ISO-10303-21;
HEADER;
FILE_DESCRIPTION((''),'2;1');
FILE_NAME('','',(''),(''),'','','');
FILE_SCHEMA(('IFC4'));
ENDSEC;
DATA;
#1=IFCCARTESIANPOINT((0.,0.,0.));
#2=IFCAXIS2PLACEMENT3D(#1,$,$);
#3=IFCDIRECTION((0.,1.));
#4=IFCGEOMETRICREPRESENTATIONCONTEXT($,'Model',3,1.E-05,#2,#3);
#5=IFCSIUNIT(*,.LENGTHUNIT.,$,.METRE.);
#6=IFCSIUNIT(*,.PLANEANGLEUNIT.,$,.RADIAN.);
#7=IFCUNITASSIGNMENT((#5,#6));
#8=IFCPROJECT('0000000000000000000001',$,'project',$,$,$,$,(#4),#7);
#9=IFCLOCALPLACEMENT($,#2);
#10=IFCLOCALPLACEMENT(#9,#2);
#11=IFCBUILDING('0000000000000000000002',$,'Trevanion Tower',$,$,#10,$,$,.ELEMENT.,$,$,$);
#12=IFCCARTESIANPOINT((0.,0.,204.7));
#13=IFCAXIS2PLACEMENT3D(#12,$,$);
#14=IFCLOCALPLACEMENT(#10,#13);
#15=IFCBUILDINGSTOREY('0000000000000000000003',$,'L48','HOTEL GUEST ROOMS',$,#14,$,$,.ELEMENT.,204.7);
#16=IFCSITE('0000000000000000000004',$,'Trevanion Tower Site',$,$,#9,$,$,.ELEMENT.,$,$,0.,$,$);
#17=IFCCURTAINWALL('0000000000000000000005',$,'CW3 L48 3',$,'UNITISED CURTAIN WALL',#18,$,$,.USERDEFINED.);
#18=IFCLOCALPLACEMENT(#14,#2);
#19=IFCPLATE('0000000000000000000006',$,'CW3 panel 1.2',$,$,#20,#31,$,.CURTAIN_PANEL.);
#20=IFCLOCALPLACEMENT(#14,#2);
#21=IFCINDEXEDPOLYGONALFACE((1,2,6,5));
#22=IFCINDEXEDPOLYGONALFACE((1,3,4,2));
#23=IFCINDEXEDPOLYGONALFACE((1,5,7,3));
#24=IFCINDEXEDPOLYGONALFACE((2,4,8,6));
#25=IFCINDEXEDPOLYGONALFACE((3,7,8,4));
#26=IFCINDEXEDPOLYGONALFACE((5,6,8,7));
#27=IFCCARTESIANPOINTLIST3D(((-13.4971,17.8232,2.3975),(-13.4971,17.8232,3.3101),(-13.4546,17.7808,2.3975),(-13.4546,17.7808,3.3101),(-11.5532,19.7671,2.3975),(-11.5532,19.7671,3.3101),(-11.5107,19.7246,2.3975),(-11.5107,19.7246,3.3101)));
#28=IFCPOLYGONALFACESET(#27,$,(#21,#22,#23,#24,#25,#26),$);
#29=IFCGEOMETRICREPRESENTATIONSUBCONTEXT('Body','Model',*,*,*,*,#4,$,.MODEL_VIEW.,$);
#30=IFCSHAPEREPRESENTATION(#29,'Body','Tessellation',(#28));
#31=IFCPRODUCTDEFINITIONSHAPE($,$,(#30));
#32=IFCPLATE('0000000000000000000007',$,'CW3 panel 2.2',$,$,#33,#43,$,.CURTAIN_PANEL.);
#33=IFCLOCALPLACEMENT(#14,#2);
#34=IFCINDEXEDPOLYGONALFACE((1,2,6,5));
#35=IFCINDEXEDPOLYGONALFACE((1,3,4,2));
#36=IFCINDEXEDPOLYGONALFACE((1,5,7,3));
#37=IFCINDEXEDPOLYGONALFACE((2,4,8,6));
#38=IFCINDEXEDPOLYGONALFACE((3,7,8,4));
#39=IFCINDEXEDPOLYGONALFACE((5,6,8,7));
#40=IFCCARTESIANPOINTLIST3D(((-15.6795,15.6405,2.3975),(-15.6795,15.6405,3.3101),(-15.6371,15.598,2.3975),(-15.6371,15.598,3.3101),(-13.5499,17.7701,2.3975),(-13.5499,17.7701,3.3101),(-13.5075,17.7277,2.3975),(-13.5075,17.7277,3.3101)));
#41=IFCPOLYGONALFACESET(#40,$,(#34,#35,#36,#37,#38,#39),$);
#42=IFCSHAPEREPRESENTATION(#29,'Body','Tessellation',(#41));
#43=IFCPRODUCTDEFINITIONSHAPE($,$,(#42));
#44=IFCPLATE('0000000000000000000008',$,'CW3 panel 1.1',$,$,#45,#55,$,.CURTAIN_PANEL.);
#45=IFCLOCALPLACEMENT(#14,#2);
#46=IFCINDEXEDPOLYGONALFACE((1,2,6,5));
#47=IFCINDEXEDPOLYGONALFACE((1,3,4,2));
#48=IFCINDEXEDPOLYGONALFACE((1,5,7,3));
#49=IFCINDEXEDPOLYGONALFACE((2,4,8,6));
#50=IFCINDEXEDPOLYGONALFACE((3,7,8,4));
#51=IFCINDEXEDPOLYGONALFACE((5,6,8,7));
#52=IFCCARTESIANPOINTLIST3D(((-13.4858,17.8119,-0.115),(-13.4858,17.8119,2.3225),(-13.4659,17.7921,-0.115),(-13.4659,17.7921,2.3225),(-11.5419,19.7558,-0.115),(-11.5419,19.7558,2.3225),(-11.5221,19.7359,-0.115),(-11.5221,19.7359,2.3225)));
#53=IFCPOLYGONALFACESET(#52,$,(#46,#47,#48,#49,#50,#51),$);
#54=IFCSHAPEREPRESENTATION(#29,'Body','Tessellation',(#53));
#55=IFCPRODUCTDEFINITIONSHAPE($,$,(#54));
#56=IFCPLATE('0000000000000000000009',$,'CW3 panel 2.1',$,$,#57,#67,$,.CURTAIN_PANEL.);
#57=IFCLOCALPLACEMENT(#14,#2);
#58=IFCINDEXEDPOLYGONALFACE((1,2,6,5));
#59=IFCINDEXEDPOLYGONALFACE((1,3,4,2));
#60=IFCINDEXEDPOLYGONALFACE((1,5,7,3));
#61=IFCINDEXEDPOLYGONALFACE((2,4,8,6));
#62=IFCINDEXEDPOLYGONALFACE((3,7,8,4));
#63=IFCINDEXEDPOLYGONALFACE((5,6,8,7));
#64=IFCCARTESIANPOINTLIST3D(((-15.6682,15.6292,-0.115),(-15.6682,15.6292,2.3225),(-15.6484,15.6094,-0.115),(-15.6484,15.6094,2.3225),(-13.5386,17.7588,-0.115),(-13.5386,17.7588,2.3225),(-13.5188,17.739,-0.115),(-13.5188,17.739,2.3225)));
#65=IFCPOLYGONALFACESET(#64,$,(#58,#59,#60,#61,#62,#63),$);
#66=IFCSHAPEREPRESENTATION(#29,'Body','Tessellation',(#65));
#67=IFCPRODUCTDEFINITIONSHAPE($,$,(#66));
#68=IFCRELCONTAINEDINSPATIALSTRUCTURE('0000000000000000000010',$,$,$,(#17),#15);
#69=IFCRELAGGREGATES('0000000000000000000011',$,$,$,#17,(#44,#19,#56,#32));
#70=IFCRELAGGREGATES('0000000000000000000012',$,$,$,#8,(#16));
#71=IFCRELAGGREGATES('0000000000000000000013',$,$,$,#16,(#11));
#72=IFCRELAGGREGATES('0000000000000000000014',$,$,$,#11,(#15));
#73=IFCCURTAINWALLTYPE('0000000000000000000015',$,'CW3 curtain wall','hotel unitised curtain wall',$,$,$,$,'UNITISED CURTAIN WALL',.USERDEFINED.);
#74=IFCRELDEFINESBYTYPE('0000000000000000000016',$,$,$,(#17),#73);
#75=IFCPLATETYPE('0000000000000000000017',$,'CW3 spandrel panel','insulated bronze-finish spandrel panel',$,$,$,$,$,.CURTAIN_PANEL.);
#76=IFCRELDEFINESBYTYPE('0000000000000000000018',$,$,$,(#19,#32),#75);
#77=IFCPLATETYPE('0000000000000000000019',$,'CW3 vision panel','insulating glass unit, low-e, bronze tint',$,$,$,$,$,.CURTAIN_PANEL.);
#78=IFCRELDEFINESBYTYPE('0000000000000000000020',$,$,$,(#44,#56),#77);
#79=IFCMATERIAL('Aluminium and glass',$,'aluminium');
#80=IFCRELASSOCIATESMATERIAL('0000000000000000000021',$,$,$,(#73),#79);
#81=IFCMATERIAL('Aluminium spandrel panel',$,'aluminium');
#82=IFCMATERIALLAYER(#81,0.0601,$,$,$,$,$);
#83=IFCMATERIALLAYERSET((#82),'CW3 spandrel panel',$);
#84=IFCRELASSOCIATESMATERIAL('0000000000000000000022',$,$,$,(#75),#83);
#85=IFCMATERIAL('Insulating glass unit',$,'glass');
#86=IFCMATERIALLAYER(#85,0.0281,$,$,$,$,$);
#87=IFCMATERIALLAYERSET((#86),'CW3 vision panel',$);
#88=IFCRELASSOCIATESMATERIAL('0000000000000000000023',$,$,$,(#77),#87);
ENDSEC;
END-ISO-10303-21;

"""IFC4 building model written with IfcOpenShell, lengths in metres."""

from ifc_helpers import new_model, si_unit, direction, frame, origin, origin_2d, place, context, subcontext, project, spatial, rectangle, extrude, material, layer, layer_set, type_object, element, aggregate, save


model = new_model("IFC4")

# Units and contexts
model_context = context("Model", 3, precision=1e-05, world=origin(), true_north=direction((0.0, 1.0)))
body_context = subcontext(model_context, "Body", "Model", "MODEL_VIEW")
ifc_project = project(units=[si_unit("LENGTHUNIT", "METRE"), si_unit("PLANEANGLEUNIT", "RADIAN")], contexts=[model_context])

# Site, building, storey
site_placement = place(None, origin())
site = spatial("IfcSite", under=ifc_project, at=site_placement, Name="Trevanion Tower Site", CompositionType="ELEMENT", RefElevation=0.0)
building_placement = place(site_placement, origin())
building = spatial("IfcBuilding", under=site, at=building_placement, Name="Trevanion Tower", CompositionType="ELEMENT")
storey_placement = place(building_placement, frame((0.0, 0.0, 204.7)))
storey = spatial("IfcBuildingStorey", under=building, at=storey_placement, Name="L48", Description="HOTEL GUEST ROOMS", CompositionType="ELEMENT", Elevation=204.7)

# Curtain wall
ifc_material_1 = material(Name="Aluminium and glass", Category="aluminium")
curtain_wall_type = type_object("IfcCurtainWallType", Name="CW3 curtain wall", Description="hotel unitised curtain wall", ElementType="UNITISED CURTAIN WALL", PredefinedType="USERDEFINED", material=ifc_material_1)
curtain_wall_1_placement = place(storey_placement, origin())
curtain_wall_1 = element("IfcCurtainWall", 1, at=curtain_wall_1_placement, inside=storey, type_object=curtain_wall_type, Name="CW3 L48 3", ObjectType="UNITISED CURTAIN WALL", PredefinedType="USERDEFINED")

# Plates
ifc_material_2 = material(Name="Aluminium spandrel panel", Category="aluminium")
ifc_layer_1 = layer(ifc_material_2, 0.0601)
ifc_layer_set_1 = layer_set([ifc_layer_1], Name="CW3 spandrel panel")
plate_type_1 = type_object("IfcPlateType", Name="CW3 spandrel panel", Description="insulated bronze-finish spandrel panel", PredefinedType="CURTAIN_PANEL", material=ifc_layer_set_1)
plate_1_placement = place(storey_placement, frame((-12.5039, 18.7739, 2.3975), z_axis=(0.0, 0.0, 1.0), x_axis=(-0.707107, -0.707107, 0.0)))
plate_1 = element("IfcPlate", 2, at=plate_1_placement, type_object=plate_type_1, Name="CW3 panel 1.2", PredefinedType="CURTAIN_PANEL", context=body_context, shape_type="SweptSolid", body=[
    extrude(rectangle(XDim=2.749, YDim=0.0601, at=origin_2d()), origin(), (0.0, 0.0, 1.0), 0.9126),
])
plate_2_placement = place(storey_placement, frame((-14.5935, 16.6841, 2.3975), z_axis=(0.0, 0.0, 1.0), x_axis=(-0.707107, -0.707107, 0.0)))
plate_2 = element("IfcPlate", 3, at=plate_2_placement, type_object=plate_type_1, Name="CW3 panel 2.2", PredefinedType="CURTAIN_PANEL", context=body_context, shape_type="SweptSolid", body=[
    extrude(rectangle(XDim=3.0117, YDim=0.0601, at=origin_2d()), origin(), (0.0, 0.0, 1.0), 0.9126),
])
ifc_material_3 = material(Name="Insulating glass unit", Category="glass")
ifc_layer_2 = layer(ifc_material_3, 0.0281)
ifc_layer_set_2 = layer_set([ifc_layer_2], Name="CW3 vision panel")
plate_type_2 = type_object("IfcPlateType", Name="CW3 vision panel", Description="insulating glass unit, low-e, bronze tint", PredefinedType="CURTAIN_PANEL", material=ifc_layer_set_2)
plate_3_placement = place(storey_placement, frame((-12.5039, 18.7739, -0.115), z_axis=(0.0, 0.0, 1.0), x_axis=(-0.707107, -0.707107, 0.0)))
plate_3 = element("IfcPlate", 4, at=plate_3_placement, type_object=plate_type_2, Name="CW3 panel 1.1", PredefinedType="CURTAIN_PANEL", context=body_context, shape_type="SweptSolid", body=[
    extrude(rectangle(XDim=2.749, YDim=0.0281, at=origin_2d()), origin(), (0.0, 0.0, 1.0), 2.4375),
])
plate_4_placement = place(storey_placement, frame((-14.5935, 16.6841, -0.115), z_axis=(0.0, 0.0, 1.0), x_axis=(-0.707107, -0.707107, 0.0)))
plate_4 = element("IfcPlate", 5, at=plate_4_placement, type_object=plate_type_2, Name="CW3 panel 2.1", PredefinedType="CURTAIN_PANEL", context=body_context, shape_type="SweptSolid", body=[
    extrude(rectangle(XDim=3.0117, YDim=0.0281, at=origin_2d()), origin(), (0.0, 0.0, 1.0), 2.4375),
])
aggregate(curtain_wall_1, [plate_3, plate_1, plate_4, plate_2])

save(model, "model.ifc")
